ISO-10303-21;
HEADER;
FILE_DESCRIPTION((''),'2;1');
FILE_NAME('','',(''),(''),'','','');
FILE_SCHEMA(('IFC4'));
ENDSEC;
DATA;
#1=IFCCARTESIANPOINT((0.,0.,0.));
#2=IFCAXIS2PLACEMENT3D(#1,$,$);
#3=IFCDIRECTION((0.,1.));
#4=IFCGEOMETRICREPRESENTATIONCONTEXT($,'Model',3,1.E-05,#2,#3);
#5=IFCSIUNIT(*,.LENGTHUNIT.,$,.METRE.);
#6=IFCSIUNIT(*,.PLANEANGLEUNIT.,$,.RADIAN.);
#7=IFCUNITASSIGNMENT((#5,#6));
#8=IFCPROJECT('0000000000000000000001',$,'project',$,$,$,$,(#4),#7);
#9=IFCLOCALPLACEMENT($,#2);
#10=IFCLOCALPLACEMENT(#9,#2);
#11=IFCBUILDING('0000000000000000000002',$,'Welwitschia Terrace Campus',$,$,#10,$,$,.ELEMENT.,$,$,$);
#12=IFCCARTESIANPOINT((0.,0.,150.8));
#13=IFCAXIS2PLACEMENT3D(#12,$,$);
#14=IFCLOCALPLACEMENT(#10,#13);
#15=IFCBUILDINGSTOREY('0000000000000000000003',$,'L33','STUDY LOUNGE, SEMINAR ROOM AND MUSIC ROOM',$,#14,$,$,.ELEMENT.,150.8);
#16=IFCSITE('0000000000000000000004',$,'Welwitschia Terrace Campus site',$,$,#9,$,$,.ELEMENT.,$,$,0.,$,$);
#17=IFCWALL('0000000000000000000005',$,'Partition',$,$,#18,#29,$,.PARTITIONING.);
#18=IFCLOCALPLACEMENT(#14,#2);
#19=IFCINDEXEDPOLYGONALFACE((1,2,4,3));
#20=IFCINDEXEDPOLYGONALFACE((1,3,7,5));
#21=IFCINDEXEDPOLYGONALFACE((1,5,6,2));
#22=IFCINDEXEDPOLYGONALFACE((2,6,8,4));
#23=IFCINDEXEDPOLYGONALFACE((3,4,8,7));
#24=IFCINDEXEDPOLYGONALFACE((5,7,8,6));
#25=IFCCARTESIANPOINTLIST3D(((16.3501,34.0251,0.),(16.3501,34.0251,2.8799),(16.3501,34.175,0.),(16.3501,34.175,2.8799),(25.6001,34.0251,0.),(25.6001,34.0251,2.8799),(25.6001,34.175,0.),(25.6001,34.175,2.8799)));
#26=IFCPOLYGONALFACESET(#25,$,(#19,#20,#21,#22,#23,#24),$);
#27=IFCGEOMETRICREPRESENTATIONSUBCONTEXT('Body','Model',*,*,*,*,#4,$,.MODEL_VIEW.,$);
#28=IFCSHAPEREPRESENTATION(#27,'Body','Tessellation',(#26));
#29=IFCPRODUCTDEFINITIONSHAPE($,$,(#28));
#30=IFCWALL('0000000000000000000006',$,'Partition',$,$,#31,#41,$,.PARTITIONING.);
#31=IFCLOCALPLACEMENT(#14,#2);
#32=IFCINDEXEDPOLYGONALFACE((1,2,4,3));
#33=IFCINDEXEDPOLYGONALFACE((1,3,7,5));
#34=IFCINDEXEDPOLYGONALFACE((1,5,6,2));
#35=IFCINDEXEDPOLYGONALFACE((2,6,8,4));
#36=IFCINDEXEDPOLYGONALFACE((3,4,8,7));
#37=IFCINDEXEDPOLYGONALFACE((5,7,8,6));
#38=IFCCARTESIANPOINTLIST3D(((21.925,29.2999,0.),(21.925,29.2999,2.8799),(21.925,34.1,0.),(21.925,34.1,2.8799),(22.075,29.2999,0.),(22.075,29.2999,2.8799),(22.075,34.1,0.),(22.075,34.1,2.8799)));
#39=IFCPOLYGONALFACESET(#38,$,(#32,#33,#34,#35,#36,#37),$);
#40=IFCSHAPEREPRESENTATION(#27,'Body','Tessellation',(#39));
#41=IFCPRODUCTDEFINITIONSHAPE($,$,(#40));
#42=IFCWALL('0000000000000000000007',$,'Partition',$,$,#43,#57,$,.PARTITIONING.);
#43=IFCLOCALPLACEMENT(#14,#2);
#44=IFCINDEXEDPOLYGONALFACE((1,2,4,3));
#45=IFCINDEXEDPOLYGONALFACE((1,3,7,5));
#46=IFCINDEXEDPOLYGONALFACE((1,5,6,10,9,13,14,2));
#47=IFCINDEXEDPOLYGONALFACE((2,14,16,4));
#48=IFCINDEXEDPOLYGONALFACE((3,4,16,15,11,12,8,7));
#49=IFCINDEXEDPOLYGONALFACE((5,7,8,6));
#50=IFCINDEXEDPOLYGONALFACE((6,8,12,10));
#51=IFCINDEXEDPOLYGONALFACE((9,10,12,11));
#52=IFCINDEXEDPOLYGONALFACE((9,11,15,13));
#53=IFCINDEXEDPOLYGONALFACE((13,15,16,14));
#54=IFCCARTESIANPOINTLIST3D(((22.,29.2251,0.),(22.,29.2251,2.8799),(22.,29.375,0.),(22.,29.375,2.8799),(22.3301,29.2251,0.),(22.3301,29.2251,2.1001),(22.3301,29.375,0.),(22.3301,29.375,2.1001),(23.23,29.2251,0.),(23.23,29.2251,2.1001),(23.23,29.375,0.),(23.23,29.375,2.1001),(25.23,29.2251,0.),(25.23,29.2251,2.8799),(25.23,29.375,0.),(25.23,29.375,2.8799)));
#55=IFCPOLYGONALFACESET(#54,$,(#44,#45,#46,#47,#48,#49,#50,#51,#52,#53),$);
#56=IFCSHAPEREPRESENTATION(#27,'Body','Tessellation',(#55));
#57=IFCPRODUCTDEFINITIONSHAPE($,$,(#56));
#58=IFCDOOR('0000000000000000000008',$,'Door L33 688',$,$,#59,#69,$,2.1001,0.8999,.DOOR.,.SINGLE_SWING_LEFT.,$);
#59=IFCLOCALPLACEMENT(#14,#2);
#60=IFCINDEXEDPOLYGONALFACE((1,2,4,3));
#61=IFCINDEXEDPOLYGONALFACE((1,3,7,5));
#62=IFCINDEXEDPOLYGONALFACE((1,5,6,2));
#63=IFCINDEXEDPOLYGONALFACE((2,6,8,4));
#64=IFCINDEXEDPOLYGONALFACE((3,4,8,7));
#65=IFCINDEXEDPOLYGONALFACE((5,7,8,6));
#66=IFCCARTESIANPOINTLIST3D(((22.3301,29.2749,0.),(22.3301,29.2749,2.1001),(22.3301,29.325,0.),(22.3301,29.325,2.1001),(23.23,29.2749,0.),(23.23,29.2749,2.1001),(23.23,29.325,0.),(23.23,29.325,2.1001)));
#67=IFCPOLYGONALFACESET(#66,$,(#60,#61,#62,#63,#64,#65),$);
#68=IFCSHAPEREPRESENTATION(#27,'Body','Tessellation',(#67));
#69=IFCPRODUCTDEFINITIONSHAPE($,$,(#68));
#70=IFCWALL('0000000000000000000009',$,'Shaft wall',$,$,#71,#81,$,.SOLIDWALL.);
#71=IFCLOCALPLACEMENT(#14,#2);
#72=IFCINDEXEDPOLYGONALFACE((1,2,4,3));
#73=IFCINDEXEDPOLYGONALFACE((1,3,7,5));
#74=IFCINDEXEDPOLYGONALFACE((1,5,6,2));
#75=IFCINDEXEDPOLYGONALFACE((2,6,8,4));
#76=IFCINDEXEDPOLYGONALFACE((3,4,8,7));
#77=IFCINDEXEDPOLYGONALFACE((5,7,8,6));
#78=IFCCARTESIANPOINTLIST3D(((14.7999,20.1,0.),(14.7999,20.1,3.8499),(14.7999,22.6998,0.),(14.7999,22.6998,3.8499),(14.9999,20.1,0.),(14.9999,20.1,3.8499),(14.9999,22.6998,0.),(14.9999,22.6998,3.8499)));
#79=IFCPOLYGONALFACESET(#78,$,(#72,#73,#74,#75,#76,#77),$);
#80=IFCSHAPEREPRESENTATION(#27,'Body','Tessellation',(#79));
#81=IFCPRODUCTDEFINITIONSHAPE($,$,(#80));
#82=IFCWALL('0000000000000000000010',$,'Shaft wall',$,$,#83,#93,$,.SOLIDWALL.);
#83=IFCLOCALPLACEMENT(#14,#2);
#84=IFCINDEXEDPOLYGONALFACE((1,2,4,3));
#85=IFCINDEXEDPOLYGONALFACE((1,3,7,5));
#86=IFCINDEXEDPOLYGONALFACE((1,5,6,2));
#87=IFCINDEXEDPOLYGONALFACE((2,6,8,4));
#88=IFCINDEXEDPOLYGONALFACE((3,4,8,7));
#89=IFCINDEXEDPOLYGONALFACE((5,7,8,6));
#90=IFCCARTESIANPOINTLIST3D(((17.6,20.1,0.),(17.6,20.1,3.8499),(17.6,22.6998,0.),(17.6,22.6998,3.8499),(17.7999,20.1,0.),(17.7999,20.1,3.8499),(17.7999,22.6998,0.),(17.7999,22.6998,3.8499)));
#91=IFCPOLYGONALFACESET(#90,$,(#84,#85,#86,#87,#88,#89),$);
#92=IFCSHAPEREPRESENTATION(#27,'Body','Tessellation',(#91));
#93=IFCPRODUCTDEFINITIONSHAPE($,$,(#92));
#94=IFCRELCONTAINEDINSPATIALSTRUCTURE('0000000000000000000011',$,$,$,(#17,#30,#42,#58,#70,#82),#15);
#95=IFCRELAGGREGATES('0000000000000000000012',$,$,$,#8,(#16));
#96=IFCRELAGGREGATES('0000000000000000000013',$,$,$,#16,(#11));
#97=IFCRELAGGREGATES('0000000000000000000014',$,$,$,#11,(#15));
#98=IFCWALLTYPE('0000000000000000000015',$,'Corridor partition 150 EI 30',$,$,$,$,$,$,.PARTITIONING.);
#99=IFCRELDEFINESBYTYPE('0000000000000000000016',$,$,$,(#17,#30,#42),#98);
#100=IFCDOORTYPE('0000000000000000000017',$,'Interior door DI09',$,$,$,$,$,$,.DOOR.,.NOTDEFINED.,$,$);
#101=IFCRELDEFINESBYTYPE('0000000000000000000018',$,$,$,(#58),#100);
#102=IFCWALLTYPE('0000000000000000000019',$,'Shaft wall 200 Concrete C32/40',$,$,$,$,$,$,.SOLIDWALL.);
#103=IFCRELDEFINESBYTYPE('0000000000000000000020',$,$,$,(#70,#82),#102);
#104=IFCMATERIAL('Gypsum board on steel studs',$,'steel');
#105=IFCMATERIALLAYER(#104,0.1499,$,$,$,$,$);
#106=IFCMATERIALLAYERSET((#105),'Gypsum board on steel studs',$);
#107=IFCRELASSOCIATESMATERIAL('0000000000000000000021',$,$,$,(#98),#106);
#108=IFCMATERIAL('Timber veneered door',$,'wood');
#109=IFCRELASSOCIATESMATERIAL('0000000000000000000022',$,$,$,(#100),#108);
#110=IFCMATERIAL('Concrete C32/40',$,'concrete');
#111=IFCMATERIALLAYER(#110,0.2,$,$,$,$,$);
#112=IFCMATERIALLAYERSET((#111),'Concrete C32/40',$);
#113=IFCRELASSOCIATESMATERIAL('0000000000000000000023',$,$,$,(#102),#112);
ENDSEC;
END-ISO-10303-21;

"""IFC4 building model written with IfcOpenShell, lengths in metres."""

from ifc_helpers import new_model, si_unit, direction, frame, frame_2d, origin, place, context, subcontext, project, spatial, rectangle, extrude, material, layer, layer_set, type_object, element, fill, save


model = new_model("IFC4")

# Units and contexts
model_context = context("Model", 3, precision=1e-05, world=origin(), true_north=direction((0.0, 1.0)))
body_context = subcontext(model_context, "Body", "Model", "MODEL_VIEW")
ifc_project = project(units=[si_unit("LENGTHUNIT", "METRE"), si_unit("PLANEANGLEUNIT", "RADIAN")], contexts=[model_context])

# Site, building, storey
site_placement = place(None, origin())
site = spatial("IfcSite", under=ifc_project, at=site_placement, Name="Welwitschia Terrace Campus site", CompositionType="ELEMENT", RefElevation=0.0)
building_placement = place(site_placement, origin())
building = spatial("IfcBuilding", under=site, at=building_placement, Name="Welwitschia Terrace Campus", CompositionType="ELEMENT")
storey_placement = place(building_placement, frame((0.0, 0.0, 150.8)))
storey = spatial("IfcBuildingStorey", under=building, at=storey_placement, Name="L33", Description="STUDY LOUNGE, SEMINAR ROOM AND MUSIC ROOM", CompositionType="ELEMENT", Elevation=150.8)

# Walls
ifc_material_1 = material(Name="Gypsum board on steel studs", Category="steel")
ifc_layer_1 = layer(ifc_material_1, 0.1499)
ifc_layer_set_1 = layer_set([ifc_layer_1], Name="Gypsum board on steel studs")
wall_type_1 = type_object("IfcWallType", Name="Corridor partition 150 EI 30", PredefinedType="PARTITIONING", material=ifc_layer_set_1)
wall_1_placement = place(storey_placement, frame((16.3501, 34.1001, 0.0), z_axis=(0.0, 0.0, 1.0), x_axis=(1.0, 0.0, 0.0)))
element("IfcWall", 1, at=wall_1_placement, inside=storey, type_object=wall_type_1, Name="Partition", PredefinedType="PARTITIONING", context=body_context, shape_type="SweptSolid", body=[
    extrude(rectangle(XDim=9.25, YDim=0.1499, at=frame_2d((4.625, 0.0))), origin(), (0.0, 0.0, 1.0), 2.8799),
])
wall_2_placement = place(storey_placement, frame((22.0, 29.3, 0.0), z_axis=(0.0, 0.0, 1.0), x_axis=(0.0, 1.0, 0.0)))
element("IfcWall", 2, at=wall_2_placement, inside=storey, type_object=wall_type_1, Name="Partition", PredefinedType="PARTITIONING", context=body_context, shape_type="SweptSolid", body=[
    extrude(rectangle(XDim=4.8, YDim=0.1499, at=frame_2d((2.3999, 0.0))), origin(), (0.0, 0.0, 1.0), 2.8799),
])

# Wall, opening, door
wall_3_placement = place(storey_placement, frame((22.0, 29.3, 0.0), z_axis=(0.0, 0.0, 1.0), x_axis=(1.0, 0.0, 0.0)))
wall_3 = element("IfcWall", 3, at=wall_3_placement, inside=storey, type_object=wall_type_1, Name="Partition", PredefinedType="PARTITIONING", context=body_context, shape_type="SweptSolid", body=[
    extrude(rectangle(XDim=3.23, YDim=0.1499, at=frame_2d((1.615, 0.0))), origin(), (0.0, 0.0, 1.0), 2.8799),
])
opening_1_placement = place(wall_3_placement, frame((0.3301, 0.0, 0.0)))
opening_1 = element("IfcOpeningElement", 4, at=opening_1_placement, cuts=wall_3, PredefinedType="OPENING", context=body_context, shape_type="SweptSolid", body=[
    extrude(rectangle(XDim=0.8999, YDim=2.1001, at=frame_2d((0.45, 1.05))), frame((0.0, 0.085, 0.0), z_axis=(0.0, -1.0, 0.0), x_axis=(1.0, 0.0, 0.0)), (0.0, 0.0, 1.0), 0.1699),
])
ifc_material_2 = material(Name="Timber veneered door", Category="wood")
door_type_1 = type_object("IfcDoorType", Name="Interior door DI09", OperationType="NOTDEFINED", PredefinedType="DOOR", material=ifc_material_2)
door_1_placement = place(opening_1_placement, origin())
door_1 = element("IfcDoor", 5, at=door_1_placement, inside=storey, type_object=door_type_1, Name="Door L33 688", OperationType="SINGLE_SWING_LEFT", OverallHeight=2.1001, OverallWidth=0.8999, PredefinedType="DOOR", context=body_context, shape_type="SweptSolid", body=[
    extrude(rectangle(XDim=0.8999, YDim=2.1001, at=frame_2d((0.45, 1.05))), frame((0.0, 0.0249, 0.0), z_axis=(0.0, -1.0, 0.0), x_axis=(1.0, 0.0, 0.0)), (0.0, 0.0, 1.0), 0.05),
])
fill(opening_1, door_1)

# Walls
ifc_material_3 = material(Name="Concrete C32/40", Category="concrete")
ifc_layer_2 = layer(ifc_material_3, 0.2)
ifc_layer_set_2 = layer_set([ifc_layer_2], Name="Concrete C32/40")
wall_type_2 = type_object("IfcWallType", Name="Shaft wall 200 Concrete C32/40", PredefinedType="SOLIDWALL", material=ifc_layer_set_2)
for number, where, z_axis, x_axis, name in (
    (6, (14.8999, 20.1001, 0.0), (0.0, 0.0, 1.0), (0.0, 1.0, 0.0), "Shaft wall"),
    (7, (17.7, 20.1001, 0.0), (0.0, 0.0, 1.0), (0.0, 1.0, 0.0), "Shaft wall"),
):
    element("IfcWall", number, at=place(storey_placement, frame(where, z_axis=z_axis, x_axis=x_axis)), inside=storey, type_object=wall_type_2, Name=name, PredefinedType="SOLIDWALL", context=body_context, shape_type="SweptSolid", body=[
        extrude(rectangle(XDim=2.5999, YDim=0.2, at=frame_2d((1.2998, 0.0))), origin(), (0.0, 0.0, 1.0), 3.8499),
    ])

save(model, "model.ifc")
